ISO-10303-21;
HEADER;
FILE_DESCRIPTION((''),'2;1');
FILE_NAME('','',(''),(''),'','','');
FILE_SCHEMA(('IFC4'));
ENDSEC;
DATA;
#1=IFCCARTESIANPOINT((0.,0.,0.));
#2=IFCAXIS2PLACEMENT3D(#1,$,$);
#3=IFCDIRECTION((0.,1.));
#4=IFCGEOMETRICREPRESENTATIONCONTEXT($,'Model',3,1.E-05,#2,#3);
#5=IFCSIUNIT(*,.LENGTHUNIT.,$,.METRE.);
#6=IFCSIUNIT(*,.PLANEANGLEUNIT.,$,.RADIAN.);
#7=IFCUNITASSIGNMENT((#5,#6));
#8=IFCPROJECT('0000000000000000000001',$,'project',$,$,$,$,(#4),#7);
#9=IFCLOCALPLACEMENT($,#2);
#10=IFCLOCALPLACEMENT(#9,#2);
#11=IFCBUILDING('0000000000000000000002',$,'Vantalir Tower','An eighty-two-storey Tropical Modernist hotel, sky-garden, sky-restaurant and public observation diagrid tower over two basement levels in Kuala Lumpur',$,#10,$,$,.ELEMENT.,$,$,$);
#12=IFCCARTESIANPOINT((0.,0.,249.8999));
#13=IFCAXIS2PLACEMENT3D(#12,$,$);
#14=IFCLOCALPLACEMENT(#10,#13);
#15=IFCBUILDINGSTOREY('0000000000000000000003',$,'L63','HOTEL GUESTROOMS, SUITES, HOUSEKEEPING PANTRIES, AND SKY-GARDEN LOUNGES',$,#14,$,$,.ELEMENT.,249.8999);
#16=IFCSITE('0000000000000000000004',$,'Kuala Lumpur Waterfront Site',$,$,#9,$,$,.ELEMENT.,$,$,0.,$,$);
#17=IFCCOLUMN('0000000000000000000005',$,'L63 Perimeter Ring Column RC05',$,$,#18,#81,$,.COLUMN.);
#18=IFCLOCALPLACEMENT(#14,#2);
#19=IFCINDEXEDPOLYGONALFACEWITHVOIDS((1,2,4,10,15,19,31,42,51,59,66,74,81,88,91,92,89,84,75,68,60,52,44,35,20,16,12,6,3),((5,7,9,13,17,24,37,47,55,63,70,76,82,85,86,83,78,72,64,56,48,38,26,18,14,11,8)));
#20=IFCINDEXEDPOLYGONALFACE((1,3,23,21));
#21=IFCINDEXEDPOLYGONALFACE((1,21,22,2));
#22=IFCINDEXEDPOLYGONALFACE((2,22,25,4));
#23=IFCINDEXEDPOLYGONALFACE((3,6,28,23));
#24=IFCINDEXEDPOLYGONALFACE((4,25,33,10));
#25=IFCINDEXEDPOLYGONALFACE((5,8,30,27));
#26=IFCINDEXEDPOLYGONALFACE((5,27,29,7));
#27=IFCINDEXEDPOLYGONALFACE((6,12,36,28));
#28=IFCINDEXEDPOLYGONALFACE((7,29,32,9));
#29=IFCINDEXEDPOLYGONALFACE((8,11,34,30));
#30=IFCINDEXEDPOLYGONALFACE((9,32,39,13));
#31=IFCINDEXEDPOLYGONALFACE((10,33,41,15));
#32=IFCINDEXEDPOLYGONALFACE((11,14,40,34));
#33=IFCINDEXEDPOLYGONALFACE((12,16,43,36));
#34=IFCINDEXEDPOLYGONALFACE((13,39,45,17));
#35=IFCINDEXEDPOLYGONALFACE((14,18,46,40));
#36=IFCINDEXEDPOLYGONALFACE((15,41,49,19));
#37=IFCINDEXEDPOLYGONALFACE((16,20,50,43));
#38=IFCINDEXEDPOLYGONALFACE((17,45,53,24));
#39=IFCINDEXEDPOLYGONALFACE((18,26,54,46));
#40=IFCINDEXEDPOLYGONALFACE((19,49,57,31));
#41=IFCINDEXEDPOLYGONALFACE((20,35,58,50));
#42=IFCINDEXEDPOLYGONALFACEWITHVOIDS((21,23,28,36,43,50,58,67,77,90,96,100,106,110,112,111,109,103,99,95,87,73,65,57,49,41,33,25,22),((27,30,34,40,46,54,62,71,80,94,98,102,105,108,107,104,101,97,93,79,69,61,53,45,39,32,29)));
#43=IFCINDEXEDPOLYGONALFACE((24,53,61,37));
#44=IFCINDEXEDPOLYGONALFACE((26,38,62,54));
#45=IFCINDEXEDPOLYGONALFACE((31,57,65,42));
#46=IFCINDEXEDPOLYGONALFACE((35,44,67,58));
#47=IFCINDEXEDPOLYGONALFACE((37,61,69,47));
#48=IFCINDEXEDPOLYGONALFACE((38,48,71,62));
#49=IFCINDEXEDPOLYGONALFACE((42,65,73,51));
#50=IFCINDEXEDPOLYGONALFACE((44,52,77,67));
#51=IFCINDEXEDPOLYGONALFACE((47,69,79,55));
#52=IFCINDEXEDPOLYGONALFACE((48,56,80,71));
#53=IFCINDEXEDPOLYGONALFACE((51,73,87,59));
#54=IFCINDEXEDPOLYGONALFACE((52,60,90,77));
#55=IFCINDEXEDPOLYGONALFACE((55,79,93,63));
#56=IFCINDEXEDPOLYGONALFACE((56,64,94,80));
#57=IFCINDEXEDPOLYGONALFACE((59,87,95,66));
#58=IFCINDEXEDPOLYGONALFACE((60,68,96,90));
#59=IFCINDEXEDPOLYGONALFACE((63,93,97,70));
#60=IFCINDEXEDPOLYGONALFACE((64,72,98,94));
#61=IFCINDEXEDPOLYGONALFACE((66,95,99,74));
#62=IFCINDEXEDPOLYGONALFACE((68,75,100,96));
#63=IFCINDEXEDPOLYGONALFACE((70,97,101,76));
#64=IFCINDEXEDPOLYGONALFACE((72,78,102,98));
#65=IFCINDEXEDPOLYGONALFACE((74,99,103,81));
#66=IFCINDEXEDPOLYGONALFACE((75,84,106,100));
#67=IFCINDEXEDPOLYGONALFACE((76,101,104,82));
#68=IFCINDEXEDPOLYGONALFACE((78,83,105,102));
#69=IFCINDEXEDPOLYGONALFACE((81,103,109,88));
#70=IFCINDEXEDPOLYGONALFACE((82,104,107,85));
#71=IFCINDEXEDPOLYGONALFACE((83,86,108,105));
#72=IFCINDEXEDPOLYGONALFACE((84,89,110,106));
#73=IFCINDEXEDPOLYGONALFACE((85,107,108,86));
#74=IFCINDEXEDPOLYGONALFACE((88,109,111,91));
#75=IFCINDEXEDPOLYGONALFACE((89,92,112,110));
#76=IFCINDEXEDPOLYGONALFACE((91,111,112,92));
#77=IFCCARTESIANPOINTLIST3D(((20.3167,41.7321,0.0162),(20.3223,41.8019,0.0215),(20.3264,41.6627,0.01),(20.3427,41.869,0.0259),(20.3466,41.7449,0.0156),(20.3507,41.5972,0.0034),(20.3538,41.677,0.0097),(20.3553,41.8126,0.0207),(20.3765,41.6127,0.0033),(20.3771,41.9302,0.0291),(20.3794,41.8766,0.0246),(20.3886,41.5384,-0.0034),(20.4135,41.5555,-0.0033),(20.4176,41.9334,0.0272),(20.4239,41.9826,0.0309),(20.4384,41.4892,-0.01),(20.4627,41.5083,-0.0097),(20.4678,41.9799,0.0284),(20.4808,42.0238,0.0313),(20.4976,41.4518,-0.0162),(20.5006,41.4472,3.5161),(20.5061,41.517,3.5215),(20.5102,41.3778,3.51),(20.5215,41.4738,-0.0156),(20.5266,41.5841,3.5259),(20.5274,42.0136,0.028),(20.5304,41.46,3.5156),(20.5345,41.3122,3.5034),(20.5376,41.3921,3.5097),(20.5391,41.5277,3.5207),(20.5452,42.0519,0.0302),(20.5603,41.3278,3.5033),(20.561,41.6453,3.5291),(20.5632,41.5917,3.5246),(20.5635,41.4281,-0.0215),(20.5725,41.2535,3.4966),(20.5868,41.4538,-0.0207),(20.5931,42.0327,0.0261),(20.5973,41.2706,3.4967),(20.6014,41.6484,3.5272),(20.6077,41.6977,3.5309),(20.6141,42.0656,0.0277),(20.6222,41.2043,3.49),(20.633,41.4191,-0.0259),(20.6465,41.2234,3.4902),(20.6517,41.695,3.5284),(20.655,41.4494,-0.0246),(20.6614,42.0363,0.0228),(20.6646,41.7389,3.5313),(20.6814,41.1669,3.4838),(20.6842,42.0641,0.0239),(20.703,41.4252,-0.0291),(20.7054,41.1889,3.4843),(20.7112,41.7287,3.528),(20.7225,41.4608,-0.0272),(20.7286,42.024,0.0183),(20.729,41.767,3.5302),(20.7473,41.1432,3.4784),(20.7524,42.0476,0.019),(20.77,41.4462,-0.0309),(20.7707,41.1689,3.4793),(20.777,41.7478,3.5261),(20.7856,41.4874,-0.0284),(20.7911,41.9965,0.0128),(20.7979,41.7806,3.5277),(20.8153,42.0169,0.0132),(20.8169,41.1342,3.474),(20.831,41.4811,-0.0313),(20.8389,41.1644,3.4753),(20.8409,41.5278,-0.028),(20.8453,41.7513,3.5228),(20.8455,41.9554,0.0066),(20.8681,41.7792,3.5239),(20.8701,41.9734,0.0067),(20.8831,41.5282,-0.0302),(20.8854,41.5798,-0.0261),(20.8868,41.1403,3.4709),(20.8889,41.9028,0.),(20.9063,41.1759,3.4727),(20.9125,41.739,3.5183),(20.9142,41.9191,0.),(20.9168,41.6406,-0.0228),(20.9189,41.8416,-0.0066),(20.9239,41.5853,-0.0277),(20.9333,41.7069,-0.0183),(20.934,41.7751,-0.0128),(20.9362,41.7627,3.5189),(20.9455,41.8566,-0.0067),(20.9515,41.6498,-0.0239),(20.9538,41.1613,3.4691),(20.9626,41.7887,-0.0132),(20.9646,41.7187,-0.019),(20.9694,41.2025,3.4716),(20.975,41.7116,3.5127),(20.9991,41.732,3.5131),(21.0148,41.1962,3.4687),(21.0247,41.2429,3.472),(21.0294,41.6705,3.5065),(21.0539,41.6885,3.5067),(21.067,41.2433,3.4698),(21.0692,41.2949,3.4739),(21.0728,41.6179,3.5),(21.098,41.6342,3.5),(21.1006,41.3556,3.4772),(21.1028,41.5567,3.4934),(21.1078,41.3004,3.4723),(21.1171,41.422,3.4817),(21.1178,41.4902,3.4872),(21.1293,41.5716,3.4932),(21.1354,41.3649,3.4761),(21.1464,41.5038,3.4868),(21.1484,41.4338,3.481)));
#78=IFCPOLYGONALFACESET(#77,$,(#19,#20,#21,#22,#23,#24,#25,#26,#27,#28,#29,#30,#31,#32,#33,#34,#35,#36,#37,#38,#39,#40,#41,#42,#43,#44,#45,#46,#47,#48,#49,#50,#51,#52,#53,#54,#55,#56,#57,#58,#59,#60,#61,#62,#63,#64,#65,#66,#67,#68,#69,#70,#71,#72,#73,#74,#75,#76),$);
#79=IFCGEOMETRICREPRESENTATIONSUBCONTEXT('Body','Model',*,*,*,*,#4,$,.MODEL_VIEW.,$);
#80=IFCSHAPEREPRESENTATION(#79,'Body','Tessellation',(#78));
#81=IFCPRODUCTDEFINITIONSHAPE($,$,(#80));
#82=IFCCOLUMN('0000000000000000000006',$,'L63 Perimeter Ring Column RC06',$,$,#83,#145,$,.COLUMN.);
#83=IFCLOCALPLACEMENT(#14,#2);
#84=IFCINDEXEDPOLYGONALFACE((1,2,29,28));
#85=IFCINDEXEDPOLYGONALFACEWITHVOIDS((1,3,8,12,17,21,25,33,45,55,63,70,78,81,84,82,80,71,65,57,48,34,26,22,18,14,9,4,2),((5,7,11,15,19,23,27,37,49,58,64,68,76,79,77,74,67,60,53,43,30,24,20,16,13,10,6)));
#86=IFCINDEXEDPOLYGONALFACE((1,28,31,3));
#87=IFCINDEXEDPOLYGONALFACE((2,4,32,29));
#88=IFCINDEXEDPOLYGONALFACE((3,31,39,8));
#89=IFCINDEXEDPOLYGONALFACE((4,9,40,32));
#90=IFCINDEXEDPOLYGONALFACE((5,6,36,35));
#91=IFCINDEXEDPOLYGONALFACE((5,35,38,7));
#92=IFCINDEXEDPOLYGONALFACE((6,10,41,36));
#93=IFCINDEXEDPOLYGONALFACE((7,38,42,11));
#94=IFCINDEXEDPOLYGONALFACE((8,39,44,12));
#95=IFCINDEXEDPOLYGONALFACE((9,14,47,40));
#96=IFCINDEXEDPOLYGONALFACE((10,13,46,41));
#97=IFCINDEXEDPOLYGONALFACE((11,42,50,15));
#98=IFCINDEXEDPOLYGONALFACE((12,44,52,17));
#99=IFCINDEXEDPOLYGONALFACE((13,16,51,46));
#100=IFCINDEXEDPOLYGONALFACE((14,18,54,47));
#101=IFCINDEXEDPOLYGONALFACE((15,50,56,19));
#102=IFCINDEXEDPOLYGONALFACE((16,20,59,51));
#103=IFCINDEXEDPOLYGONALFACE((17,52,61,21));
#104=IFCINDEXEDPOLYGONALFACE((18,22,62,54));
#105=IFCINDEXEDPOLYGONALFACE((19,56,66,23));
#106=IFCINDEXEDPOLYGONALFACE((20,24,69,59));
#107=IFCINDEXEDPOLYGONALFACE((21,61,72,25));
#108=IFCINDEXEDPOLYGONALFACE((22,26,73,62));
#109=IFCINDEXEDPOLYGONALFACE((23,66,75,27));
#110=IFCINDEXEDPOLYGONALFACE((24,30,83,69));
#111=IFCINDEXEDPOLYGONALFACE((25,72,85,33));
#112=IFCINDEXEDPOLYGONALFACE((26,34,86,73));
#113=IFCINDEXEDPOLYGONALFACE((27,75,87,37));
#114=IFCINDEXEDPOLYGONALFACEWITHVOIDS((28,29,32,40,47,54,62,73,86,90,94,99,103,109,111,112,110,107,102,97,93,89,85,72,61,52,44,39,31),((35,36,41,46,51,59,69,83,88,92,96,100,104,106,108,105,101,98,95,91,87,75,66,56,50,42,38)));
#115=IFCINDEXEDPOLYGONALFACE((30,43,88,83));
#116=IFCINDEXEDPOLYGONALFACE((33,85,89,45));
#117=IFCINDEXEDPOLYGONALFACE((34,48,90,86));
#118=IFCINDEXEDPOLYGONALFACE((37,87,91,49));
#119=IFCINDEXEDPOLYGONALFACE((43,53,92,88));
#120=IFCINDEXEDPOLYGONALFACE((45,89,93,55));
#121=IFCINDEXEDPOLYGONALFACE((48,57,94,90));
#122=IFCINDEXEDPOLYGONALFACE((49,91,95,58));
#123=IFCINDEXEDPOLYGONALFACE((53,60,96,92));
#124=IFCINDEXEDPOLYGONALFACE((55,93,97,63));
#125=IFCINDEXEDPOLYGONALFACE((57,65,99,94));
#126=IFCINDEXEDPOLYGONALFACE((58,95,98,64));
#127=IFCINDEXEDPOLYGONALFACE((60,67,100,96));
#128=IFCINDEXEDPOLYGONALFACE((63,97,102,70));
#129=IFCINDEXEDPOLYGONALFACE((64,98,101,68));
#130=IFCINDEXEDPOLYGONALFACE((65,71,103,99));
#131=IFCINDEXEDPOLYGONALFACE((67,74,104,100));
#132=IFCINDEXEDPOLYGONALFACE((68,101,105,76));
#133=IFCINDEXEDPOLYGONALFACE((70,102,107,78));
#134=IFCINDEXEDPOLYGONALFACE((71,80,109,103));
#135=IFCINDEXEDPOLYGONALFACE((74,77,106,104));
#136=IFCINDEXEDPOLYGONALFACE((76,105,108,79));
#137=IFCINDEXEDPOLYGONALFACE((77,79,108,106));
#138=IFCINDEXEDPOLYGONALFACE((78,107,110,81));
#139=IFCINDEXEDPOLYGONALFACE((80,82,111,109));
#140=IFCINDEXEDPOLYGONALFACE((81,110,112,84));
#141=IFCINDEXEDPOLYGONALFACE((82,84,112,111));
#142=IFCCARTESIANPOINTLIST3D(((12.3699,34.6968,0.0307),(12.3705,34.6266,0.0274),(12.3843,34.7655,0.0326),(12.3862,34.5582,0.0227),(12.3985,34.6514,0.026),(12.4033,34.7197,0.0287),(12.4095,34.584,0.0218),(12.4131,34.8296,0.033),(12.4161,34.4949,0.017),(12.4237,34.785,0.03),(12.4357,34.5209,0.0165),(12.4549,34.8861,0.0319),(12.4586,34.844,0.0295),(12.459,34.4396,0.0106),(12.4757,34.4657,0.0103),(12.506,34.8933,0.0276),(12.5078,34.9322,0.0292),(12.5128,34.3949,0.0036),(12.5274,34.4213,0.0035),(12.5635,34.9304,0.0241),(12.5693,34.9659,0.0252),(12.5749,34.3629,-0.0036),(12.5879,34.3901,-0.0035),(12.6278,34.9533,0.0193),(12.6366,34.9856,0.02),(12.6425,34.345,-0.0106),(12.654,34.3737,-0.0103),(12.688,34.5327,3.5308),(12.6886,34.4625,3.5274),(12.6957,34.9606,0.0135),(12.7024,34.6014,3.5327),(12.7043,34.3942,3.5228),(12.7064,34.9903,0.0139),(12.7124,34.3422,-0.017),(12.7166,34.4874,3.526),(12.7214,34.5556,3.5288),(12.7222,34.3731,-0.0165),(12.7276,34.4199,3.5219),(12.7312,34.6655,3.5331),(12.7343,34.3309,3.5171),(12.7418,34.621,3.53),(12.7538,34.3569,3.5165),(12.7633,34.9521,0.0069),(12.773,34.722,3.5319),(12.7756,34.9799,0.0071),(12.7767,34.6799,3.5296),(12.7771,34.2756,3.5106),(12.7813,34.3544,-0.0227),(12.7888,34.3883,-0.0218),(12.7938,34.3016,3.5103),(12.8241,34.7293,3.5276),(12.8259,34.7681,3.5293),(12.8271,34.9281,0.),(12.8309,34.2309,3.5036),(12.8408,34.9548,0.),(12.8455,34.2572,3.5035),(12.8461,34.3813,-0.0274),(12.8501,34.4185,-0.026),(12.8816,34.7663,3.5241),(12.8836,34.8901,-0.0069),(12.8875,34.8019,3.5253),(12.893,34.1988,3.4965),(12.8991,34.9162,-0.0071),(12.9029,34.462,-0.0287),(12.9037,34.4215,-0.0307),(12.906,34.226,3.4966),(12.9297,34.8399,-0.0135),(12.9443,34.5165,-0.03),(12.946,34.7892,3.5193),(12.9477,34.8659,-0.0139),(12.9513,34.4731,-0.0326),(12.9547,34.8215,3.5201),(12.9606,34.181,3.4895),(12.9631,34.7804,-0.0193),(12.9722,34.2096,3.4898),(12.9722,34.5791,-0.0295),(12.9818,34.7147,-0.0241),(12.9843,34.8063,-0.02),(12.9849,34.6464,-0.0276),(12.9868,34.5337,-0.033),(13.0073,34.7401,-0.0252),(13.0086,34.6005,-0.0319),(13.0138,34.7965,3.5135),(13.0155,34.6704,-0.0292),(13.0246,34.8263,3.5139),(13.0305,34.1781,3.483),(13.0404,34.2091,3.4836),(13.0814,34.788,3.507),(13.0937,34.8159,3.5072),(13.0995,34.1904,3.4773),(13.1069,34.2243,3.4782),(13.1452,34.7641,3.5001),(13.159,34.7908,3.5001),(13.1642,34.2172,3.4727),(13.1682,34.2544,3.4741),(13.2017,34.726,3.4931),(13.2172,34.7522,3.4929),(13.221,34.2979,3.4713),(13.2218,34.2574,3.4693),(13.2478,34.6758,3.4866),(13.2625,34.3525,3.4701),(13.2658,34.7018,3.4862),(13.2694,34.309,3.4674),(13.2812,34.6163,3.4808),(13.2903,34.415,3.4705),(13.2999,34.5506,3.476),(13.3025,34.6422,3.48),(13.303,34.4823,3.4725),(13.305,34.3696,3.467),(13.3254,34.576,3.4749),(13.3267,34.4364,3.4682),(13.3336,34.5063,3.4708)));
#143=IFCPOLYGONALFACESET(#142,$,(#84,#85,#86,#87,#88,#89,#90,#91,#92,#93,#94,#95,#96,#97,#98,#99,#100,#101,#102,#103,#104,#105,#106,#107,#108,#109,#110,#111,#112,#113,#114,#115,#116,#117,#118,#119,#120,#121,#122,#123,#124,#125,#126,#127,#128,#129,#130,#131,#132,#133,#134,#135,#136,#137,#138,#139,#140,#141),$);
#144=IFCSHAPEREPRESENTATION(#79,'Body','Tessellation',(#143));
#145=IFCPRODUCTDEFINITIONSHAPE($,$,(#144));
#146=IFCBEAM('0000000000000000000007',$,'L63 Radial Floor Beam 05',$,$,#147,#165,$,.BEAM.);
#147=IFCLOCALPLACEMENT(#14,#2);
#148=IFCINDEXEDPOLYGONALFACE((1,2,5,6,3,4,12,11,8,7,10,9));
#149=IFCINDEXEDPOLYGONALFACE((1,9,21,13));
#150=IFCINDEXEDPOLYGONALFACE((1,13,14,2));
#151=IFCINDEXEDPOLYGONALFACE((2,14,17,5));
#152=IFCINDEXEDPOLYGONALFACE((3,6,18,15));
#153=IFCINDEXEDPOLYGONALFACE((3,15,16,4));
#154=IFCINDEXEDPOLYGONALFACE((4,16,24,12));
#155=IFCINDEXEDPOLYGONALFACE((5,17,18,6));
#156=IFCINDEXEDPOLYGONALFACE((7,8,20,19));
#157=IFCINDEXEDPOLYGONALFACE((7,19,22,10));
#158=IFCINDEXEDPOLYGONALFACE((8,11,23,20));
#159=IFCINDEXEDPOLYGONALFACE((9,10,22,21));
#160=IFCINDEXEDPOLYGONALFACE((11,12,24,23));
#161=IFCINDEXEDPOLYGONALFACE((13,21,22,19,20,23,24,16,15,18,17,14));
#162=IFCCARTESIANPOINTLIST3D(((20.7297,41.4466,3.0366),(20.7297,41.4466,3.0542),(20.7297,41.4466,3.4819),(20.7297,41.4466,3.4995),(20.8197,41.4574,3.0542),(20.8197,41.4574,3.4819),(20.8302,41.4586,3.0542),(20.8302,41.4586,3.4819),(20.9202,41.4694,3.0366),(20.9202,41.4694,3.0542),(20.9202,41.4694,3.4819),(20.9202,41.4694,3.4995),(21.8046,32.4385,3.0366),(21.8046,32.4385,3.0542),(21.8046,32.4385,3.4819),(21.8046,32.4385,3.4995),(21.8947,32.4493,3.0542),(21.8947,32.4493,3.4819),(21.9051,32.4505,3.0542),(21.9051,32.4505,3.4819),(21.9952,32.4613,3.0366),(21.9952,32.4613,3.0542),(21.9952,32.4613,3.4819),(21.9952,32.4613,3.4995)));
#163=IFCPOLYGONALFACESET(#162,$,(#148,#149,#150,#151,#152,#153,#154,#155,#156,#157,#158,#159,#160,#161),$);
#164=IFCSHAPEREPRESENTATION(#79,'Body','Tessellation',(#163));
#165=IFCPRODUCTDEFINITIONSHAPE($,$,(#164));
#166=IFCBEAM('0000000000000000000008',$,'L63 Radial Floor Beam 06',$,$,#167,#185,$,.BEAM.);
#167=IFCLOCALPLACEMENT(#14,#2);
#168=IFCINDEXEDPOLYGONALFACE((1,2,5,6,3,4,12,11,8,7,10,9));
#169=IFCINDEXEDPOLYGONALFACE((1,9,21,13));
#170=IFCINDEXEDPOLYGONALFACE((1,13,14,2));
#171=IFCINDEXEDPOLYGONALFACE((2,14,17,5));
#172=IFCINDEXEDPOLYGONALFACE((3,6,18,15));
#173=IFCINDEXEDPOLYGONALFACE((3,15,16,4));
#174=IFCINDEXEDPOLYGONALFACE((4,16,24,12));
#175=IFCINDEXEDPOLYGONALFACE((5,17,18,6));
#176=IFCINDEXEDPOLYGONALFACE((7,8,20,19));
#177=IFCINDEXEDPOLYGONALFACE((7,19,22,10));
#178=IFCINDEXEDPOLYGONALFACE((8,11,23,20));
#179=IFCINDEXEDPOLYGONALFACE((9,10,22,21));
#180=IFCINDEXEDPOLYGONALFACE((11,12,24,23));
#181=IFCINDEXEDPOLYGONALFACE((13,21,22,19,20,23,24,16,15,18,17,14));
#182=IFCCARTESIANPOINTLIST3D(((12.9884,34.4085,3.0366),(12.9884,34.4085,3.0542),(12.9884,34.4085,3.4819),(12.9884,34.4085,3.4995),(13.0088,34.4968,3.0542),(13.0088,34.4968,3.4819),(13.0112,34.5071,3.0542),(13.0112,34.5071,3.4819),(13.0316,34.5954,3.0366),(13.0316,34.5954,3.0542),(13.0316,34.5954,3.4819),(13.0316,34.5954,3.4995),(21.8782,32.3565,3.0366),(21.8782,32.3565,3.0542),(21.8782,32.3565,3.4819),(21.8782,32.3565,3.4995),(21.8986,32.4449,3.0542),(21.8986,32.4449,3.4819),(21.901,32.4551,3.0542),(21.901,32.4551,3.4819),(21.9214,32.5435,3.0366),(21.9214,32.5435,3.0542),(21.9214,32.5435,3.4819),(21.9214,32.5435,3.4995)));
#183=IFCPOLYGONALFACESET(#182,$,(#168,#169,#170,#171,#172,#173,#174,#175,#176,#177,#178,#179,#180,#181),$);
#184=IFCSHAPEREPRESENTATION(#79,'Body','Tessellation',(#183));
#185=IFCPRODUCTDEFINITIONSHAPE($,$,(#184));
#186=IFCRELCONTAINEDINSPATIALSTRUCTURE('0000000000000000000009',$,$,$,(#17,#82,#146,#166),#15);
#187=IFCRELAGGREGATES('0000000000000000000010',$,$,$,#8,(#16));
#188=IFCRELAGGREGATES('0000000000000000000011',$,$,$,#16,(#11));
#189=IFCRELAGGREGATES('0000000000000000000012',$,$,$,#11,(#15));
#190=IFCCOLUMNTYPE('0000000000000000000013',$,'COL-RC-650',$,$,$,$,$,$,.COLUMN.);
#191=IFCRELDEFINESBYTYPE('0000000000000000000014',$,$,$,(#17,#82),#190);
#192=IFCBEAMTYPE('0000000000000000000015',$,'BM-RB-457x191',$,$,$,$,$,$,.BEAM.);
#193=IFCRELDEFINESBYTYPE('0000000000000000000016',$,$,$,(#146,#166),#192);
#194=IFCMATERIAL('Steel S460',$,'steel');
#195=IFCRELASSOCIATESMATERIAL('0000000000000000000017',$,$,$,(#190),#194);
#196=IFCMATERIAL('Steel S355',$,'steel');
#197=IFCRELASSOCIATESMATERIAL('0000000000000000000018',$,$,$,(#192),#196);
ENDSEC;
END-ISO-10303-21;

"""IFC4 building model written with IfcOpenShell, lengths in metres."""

from ifc_helpers import new_model, si_unit, direction, frame, origin, origin_2d, place, context, subcontext, project, spatial, hollow_circle, i_section, extrude, material, material_profile, profile_set, type_object, element, save


model = new_model("IFC4")

# Units and contexts
model_context = context("Model", 3, precision=1e-05, world=origin(), true_north=direction((0.0, 1.0)))
body_context = subcontext(model_context, "Body", "Model", "MODEL_VIEW")
ifc_project = project(units=[si_unit("LENGTHUNIT", "METRE"), si_unit("PLANEANGLEUNIT", "RADIAN")], contexts=[model_context])

# Site, building, storey
site_placement = place(None, origin())
site = spatial("IfcSite", under=ifc_project, at=site_placement, Name="Kuala Lumpur Waterfront Site", CompositionType="ELEMENT", RefElevation=0.0)
building_placement = place(site_placement, origin())
building = spatial("IfcBuilding", under=site, at=building_placement, Name="Vantalir Tower", Description="An eighty-two-storey Tropical Modernist hotel, sky-garden, sky-restaurant and public observation diagrid tower over two basement levels in Kuala Lumpur", CompositionType="ELEMENT")
storey_placement = place(building_placement, frame((0.0, 0.0, 249.8999)))
storey = spatial("IfcBuildingStorey", under=building, at=storey_placement, Name="L63", Description="HOTEL GUESTROOMS, SUITES, HOUSEKEEPING PANTRIES, AND SKY-GARDEN LOUNGES", CompositionType="ELEMENT", Elevation=249.8999)

# Columns
ifc_material_1 = material(Name="Steel S460", Category="steel")
ifc_material_profile_1 = material_profile(ifc_material_1, hollow_circle(Radius=0.325, WallThickness=0.03, at=origin_2d()), Name="Steel S460")
ifc_profile_set_1 = profile_set([ifc_material_profile_1], Name="Steel S460")
column_type = type_object("IfcColumnType", Name="COL-RC-650", PredefinedType="COLUMN", material=ifc_profile_set_1)
column_1_placement = place(storey_placement, frame((20.6411, 41.7429, 0.0), z_axis=(0.05228, -0.081024, 0.99534), x_axis=(0.840265, 0.542176, 0.0)))
element("IfcColumn", 1, at=column_1_placement, inside=storey, type_object=column_type, Name="L63 Perimeter Ring Column RC05", PredefinedType="COLUMN", context=body_context, shape_type="SweptSolid", body=[
    extrude(hollow_circle(Radius=0.325, WallThickness=0.03, at=origin_2d()), origin(), (0.0, 0.0, 1.0), 3.5164),
])
column_2_placement = place(storey_placement, frame((12.6919, 34.666, 0.0), z_axis=(0.090418, -0.046632, 0.994812), x_axis=(0.458365, 0.888764, 0.0)))
element("IfcColumn", 2, at=column_2_placement, inside=storey, type_object=column_type, Name="L63 Perimeter Ring Column RC06", PredefinedType="COLUMN", context=body_context, shape_type="SweptSolid", body=[
    extrude(hollow_circle(Radius=0.325, WallThickness=0.03, at=origin_2d()), origin(), (0.0, 0.0, 1.0), 3.5183),
])

# Beams
ifc_material_2 = material(Name="Steel S355", Category="steel")
ifc_material_profile_2 = material_profile(ifc_material_2, i_section(OverallWidth=0.1919, OverallDepth=0.4629, WebThickness=0.0105, FlangeThickness=0.0176, at=origin_2d()), Name="Steel S355")
ifc_profile_set_2 = profile_set([ifc_material_profile_2], Name="Steel S355")
beam_type_1 = type_object("IfcBeamType", Name="BM-RB-457x191", PredefinedType="BEAM", material=ifc_profile_set_2)
beam_1_placement = place(storey_placement, frame((20.825, 41.458, 3.2681), z_axis=(0.118492, -0.992955, 0.0), x_axis=(0.992955, 0.118492, 0.0)))
element("IfcBeam", 3, at=beam_1_placement, inside=storey, type_object=beam_type_1, Name="L63 Radial Floor Beam 05", PredefinedType="BEAM", context=body_context, shape_type="SweptSolid", body=[
    extrude(i_section(OverallWidth=0.1919, OverallDepth=0.4629, WebThickness=0.0105, FlangeThickness=0.0176, at=origin_2d()), origin(), (0.0, 0.0, 1.0), 9.072),
])
beam_2_placement = place(storey_placement, frame((13.01, 34.502, 3.2681), z_axis=(0.974379, -0.22491, 0.0), x_axis=(0.22491, 0.974379, 0.0)))
element("IfcBeam", 4, at=beam_2_placement, inside=storey, type_object=beam_type_1, Name="L63 Radial Floor Beam 06", PredefinedType="BEAM", context=body_context, shape_type="SweptSolid", body=[
    extrude(i_section(OverallWidth=0.1919, OverallDepth=0.4629, WebThickness=0.0105, FlangeThickness=0.0176, at=origin_2d()), origin(), (0.0, 0.0, 1.0), 9.1235),
])

save(model, "model.ifc")
